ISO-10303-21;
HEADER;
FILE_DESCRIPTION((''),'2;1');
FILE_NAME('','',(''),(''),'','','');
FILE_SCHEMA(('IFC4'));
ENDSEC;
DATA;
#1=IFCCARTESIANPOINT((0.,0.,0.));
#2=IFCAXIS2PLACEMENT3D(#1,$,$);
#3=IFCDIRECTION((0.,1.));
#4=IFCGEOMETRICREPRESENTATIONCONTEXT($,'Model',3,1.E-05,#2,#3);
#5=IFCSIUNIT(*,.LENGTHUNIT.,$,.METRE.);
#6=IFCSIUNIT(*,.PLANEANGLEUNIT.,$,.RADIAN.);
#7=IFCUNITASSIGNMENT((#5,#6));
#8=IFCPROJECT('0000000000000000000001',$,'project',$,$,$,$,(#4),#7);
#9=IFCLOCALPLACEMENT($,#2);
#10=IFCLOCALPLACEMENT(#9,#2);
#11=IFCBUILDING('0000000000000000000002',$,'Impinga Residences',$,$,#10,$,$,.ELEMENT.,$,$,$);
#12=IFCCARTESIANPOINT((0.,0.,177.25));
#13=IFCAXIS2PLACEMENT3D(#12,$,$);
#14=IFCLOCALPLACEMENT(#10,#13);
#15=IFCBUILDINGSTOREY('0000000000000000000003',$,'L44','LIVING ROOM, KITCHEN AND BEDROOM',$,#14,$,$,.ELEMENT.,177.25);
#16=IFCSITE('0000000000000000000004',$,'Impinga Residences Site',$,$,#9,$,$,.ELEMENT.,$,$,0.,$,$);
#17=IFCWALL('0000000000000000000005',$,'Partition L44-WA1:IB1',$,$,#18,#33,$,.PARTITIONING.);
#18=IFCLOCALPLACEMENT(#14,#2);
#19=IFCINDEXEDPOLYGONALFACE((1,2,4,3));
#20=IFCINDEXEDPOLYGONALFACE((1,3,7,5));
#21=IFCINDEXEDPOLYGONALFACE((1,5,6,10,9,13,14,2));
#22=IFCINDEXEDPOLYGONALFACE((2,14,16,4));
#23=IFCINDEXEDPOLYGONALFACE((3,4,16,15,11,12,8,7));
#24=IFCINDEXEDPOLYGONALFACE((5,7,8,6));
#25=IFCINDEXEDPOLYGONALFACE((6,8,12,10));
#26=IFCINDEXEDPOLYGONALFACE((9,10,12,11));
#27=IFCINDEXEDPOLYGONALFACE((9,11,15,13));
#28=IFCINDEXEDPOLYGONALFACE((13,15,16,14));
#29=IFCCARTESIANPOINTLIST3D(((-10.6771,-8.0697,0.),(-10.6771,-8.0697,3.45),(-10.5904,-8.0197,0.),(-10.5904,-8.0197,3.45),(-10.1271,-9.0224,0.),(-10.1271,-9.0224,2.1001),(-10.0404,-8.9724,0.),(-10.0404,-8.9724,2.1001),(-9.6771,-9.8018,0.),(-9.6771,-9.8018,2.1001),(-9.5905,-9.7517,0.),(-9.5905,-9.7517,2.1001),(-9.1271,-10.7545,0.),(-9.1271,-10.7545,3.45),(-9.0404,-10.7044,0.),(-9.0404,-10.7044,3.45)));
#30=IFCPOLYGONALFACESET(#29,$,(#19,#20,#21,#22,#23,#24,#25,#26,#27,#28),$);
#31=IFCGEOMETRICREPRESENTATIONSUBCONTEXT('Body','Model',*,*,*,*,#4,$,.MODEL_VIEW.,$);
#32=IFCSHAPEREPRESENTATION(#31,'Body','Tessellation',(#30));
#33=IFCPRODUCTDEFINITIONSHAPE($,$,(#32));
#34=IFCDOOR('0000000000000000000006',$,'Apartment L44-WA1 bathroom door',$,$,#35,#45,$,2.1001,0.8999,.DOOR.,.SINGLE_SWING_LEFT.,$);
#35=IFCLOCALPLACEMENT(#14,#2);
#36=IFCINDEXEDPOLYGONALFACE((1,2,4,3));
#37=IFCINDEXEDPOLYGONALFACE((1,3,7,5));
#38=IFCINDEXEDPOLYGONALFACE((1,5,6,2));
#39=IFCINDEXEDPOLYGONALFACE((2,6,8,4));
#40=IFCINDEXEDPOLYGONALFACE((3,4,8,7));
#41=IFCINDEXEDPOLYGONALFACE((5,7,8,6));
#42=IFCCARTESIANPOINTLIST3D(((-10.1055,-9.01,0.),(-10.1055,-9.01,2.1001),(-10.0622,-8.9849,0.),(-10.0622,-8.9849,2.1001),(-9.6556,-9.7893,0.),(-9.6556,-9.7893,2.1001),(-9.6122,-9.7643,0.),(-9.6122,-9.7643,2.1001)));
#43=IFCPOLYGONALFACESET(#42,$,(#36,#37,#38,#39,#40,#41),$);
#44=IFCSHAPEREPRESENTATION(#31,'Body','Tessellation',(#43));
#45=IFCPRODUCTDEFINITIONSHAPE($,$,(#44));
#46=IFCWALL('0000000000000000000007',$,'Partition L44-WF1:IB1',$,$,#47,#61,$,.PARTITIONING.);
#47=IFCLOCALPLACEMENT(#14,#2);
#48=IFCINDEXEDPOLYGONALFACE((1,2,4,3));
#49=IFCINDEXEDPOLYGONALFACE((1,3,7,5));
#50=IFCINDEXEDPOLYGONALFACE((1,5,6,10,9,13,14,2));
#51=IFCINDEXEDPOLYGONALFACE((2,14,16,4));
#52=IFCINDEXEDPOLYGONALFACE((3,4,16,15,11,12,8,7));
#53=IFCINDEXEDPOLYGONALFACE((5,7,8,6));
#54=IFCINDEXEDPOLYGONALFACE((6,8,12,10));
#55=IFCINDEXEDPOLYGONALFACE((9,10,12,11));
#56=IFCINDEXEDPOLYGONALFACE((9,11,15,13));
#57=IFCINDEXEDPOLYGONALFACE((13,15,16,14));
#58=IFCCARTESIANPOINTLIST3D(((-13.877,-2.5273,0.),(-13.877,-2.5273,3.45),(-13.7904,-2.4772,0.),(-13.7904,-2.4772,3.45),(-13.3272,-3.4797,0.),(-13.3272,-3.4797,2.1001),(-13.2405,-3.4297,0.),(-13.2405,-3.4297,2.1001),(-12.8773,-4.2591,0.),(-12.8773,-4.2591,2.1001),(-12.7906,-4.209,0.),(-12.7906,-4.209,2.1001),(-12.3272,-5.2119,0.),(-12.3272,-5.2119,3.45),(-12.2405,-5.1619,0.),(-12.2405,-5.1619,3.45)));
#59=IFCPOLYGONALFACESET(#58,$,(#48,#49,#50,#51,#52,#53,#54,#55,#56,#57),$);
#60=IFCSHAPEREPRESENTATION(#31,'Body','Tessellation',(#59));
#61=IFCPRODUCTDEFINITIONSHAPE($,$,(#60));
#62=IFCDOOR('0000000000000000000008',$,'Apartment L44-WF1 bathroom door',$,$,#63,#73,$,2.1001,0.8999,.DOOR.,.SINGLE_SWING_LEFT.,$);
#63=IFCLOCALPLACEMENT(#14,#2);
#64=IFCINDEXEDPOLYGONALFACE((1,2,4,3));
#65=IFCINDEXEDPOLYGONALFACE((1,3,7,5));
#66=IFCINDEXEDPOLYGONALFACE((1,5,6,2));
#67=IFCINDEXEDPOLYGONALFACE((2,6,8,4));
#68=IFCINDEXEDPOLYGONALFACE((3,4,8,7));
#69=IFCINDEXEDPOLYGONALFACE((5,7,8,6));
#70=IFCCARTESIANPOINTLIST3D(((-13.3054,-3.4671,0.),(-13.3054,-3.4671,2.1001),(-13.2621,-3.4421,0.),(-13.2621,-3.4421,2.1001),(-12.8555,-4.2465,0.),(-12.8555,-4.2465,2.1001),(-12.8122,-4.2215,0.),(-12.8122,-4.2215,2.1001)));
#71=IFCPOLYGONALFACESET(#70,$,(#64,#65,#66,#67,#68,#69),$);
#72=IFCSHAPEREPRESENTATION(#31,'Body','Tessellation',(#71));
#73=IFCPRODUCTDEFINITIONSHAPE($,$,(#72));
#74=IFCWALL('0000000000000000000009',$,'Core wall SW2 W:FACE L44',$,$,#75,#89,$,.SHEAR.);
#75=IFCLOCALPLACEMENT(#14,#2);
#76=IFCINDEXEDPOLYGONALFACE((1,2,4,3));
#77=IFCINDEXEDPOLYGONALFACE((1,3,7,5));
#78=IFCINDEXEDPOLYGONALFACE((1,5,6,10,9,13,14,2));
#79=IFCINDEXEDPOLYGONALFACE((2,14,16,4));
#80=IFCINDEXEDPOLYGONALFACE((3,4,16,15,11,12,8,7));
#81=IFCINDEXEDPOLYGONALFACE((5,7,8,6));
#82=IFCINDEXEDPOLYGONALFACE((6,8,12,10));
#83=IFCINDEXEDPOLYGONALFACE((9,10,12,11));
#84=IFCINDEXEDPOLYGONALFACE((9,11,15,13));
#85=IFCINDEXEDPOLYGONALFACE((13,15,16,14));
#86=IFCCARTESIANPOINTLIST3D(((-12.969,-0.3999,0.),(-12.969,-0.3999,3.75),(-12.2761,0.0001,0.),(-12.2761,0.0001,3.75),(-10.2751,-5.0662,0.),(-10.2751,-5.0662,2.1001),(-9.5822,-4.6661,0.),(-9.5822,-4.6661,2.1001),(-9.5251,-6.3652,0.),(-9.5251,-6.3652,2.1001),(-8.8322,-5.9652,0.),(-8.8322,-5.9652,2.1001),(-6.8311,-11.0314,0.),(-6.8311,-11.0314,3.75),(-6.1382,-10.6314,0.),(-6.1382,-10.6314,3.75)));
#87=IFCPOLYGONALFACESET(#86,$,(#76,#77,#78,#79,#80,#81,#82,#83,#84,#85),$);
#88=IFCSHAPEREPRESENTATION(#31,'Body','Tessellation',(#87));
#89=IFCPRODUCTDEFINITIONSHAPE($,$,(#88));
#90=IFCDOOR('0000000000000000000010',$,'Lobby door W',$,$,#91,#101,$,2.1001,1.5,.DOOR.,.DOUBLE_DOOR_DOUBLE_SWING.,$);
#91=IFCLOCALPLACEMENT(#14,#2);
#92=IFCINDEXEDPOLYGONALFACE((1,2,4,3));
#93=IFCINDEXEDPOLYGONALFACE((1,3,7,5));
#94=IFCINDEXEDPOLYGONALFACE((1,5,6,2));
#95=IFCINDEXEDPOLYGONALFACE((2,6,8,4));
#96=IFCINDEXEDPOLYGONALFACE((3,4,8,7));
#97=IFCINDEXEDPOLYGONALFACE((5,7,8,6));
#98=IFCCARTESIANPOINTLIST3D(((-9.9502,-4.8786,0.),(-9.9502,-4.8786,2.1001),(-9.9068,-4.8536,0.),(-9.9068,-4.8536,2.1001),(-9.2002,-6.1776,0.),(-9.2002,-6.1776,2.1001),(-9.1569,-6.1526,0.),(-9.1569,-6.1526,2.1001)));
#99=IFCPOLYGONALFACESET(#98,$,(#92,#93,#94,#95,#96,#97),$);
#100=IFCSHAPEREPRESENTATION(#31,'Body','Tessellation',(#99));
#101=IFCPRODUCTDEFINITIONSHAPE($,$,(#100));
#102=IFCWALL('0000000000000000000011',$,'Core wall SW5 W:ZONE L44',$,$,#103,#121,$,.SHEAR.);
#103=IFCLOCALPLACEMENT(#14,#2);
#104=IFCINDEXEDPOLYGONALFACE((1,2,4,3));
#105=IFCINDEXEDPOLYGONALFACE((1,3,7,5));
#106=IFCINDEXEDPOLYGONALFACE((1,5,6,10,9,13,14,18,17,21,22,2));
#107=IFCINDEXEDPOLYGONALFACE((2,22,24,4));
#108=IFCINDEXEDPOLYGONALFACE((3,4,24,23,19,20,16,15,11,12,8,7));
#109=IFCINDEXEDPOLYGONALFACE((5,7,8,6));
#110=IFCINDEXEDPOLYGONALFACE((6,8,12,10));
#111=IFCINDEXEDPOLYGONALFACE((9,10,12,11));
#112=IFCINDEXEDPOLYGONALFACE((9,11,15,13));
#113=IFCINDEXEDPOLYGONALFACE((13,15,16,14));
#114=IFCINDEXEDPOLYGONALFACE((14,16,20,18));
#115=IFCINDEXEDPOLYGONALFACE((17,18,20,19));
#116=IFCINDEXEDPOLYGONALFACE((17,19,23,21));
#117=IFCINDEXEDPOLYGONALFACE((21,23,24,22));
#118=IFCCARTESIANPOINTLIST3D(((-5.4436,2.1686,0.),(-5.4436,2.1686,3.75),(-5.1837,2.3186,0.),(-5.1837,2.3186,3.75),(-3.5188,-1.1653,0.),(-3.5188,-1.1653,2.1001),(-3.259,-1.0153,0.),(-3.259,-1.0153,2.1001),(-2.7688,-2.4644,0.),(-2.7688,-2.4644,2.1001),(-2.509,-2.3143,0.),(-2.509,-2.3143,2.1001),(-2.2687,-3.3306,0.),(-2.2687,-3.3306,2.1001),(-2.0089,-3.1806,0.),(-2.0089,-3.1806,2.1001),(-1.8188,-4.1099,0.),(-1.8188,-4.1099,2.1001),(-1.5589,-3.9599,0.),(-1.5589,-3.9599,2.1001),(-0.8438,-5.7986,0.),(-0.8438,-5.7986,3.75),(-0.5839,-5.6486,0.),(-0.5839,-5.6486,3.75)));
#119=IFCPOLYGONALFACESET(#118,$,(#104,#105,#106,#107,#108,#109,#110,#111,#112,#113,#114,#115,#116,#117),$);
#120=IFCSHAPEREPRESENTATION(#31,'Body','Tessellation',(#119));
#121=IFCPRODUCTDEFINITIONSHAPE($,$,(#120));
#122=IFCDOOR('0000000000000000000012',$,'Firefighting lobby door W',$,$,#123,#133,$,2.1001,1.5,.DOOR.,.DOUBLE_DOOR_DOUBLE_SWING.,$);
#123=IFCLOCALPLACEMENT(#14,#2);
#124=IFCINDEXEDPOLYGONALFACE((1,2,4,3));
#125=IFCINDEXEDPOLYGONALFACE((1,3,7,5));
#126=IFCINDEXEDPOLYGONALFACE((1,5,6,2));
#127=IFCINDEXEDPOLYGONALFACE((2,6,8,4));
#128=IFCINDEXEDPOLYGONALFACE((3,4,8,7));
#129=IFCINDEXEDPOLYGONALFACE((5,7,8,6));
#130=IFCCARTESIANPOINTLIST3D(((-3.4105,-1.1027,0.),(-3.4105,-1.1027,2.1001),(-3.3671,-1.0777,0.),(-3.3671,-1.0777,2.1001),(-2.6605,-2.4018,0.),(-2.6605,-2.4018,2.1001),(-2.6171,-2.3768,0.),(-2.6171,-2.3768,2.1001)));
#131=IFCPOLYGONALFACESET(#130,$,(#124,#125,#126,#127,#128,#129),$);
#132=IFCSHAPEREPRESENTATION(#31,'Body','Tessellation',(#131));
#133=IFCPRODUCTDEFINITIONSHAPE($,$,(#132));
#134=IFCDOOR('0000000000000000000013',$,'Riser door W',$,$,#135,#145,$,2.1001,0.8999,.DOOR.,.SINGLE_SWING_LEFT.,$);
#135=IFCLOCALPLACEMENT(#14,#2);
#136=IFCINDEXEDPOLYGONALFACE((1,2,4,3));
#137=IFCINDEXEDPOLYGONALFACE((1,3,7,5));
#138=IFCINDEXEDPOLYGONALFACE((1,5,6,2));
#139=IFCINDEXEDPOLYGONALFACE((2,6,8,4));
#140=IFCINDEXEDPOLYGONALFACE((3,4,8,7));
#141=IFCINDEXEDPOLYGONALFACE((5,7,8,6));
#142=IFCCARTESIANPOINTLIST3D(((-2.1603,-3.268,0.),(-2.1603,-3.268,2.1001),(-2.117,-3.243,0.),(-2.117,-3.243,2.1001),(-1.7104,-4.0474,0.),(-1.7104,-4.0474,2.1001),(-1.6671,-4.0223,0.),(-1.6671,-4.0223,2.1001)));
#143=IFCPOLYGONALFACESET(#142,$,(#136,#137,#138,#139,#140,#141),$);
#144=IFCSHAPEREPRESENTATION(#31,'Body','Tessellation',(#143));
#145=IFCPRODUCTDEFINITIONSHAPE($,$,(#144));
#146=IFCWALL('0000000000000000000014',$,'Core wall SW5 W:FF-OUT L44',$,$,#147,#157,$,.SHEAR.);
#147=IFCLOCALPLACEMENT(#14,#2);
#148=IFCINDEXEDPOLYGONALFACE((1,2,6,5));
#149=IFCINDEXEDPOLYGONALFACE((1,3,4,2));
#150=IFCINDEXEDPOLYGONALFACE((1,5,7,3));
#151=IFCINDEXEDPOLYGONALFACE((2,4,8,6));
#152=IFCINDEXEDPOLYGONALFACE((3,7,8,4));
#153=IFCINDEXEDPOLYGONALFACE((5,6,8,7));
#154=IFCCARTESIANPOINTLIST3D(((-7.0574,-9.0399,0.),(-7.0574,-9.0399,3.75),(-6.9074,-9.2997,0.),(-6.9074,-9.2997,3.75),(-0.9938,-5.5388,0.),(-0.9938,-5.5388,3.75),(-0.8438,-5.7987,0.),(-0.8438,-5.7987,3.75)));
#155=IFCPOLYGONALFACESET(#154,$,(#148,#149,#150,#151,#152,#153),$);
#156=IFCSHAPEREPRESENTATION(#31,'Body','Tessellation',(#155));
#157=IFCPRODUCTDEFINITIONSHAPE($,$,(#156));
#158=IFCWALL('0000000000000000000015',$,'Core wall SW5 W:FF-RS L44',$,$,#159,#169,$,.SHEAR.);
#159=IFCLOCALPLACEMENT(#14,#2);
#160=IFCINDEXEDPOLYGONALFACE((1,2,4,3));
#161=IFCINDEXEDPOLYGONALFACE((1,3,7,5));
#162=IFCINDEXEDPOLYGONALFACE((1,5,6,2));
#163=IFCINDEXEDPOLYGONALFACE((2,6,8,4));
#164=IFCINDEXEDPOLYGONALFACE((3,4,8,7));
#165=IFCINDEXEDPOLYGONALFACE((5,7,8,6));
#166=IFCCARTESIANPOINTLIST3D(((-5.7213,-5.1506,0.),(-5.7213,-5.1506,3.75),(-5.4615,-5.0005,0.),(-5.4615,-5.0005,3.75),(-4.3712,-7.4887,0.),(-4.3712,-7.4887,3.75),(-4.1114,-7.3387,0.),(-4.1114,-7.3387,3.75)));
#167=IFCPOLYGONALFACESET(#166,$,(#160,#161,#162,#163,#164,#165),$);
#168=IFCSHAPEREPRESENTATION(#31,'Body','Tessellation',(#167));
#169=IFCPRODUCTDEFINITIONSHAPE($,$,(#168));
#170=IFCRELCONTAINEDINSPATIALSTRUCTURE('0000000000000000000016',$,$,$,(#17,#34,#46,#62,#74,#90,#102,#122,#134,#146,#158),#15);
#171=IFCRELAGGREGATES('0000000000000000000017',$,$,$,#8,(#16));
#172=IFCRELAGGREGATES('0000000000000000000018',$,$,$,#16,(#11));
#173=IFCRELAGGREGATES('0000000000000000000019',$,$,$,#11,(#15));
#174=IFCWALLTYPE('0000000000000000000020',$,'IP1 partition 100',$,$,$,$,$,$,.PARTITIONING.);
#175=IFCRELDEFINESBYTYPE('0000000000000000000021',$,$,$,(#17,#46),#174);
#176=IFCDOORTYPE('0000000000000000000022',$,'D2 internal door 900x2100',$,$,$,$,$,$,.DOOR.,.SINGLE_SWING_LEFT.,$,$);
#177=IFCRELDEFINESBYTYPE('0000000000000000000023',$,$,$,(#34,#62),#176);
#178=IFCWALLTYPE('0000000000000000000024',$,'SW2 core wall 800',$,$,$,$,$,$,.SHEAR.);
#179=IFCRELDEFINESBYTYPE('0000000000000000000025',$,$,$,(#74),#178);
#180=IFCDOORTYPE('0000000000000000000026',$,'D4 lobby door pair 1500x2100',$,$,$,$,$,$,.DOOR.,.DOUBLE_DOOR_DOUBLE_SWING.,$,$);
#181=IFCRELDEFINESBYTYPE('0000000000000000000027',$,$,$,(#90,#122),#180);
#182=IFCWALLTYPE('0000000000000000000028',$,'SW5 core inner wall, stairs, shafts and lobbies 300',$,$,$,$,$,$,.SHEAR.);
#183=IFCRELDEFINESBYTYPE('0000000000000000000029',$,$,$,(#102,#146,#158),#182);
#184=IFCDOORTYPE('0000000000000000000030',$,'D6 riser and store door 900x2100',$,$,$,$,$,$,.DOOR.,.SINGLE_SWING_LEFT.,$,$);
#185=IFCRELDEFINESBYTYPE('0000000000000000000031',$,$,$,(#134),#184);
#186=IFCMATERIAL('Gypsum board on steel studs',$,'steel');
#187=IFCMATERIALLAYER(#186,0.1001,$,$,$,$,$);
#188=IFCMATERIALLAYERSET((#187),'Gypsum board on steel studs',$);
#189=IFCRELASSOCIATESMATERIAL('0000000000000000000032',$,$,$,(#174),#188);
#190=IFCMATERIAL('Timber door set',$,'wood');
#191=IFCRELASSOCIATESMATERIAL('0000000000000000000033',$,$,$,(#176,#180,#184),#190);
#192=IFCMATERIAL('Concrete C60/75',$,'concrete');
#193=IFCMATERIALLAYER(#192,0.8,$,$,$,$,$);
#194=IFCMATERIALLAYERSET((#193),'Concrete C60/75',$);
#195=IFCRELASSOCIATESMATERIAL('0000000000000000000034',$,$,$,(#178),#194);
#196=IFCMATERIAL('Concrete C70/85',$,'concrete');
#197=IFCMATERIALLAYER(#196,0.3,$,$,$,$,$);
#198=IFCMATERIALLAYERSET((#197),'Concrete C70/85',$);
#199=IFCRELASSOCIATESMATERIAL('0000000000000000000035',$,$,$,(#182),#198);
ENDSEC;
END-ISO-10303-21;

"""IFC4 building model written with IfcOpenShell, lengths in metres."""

from ifc_helpers import new_model, si_unit, direction, frame, frame_2d, origin, place, context, subcontext, project, spatial, rectangle, extrude, material, layer, layer_set, type_object, element, fill, save


model = new_model("IFC4")

# Units and contexts
model_context = context("Model", 3, precision=1e-05, world=origin(), true_north=direction((0.0, 1.0)))
body_context = subcontext(model_context, "Body", "Model", "MODEL_VIEW")
ifc_project = project(units=[si_unit("LENGTHUNIT", "METRE"), si_unit("PLANEANGLEUNIT", "RADIAN")], contexts=[model_context])

# Site, building, storey
site_placement = place(None, origin())
site = spatial("IfcSite", under=ifc_project, at=site_placement, Name="Impinga Residences Site", CompositionType="ELEMENT", RefElevation=0.0)
building_placement = place(site_placement, origin())
building = spatial("IfcBuilding", under=site, at=building_placement, Name="Impinga Residences", CompositionType="ELEMENT")
storey_placement = place(building_placement, frame((0.0, 0.0, 177.25)))
storey = spatial("IfcBuildingStorey", under=building, at=storey_placement, Name="L44", Description="LIVING ROOM, KITCHEN AND BEDROOM", CompositionType="ELEMENT", Elevation=177.25)

# Shared definitions
ifc_material_1 = material(Name="Concrete C60/75", Category="concrete")
ifc_material_2 = material(Name="Timber door set", Category="wood")

# Shared definitions
ifc_material_3 = material(Name="Gypsum board on steel studs", Category="steel")
ifc_layer_1 = layer(ifc_material_3, 0.1001)
ifc_layer_set_1 = layer_set([ifc_layer_1], Name="Gypsum board on steel studs")
wall_type_1 = type_object("IfcWallType", Name="IP1 partition 100", PredefinedType="PARTITIONING", material=ifc_layer_set_1)

# Walls, openings, doors
wall_1_placement = place(storey_placement, frame((-10.6338, -8.0447, 0.0), z_axis=(0.0, 0.0, 1.0), x_axis=(0.499993, -0.86603, 0.0)))
wall_1 = element("IfcWall", 1, at=wall_1_placement, inside=storey, type_object=wall_type_1, Name="Partition L44-WA1:IB1", PredefinedType="PARTITIONING", context=body_context, shape_type="SweptSolid", body=[
    extrude(rectangle(XDim=3.1001, YDim=0.1001, at=frame_2d((1.55, 0.0))), origin(), (0.0, 0.0, 1.0), 3.45),
])
opening_1_placement = place(wall_1_placement, frame((1.1001, 0.0, 0.0)))
opening_1 = element("IfcOpeningElement", 2, at=opening_1_placement, cuts=wall_1, PredefinedType="OPENING", context=body_context, shape_type="SweptSolid", body=[
    extrude(rectangle(XDim=0.8999, YDim=2.1001, at=frame_2d((0.45, 1.05))), frame((0.0, 0.0601, 0.0), z_axis=(0.0, -1.0, 0.0), x_axis=(1.0, 0.0, 0.0)), (0.0, 0.0, 1.0), 0.1201),
])
door_type_1 = type_object("IfcDoorType", Name="D2 internal door 900x2100", OperationType="SINGLE_SWING_LEFT", PredefinedType="DOOR", material=ifc_material_2)
door_1_placement = place(opening_1_placement, origin())
door_1 = element("IfcDoor", 3, at=door_1_placement, inside=storey, type_object=door_type_1, Name="Apartment L44-WA1 bathroom door", OperationType="SINGLE_SWING_LEFT", OverallHeight=2.1001, OverallWidth=0.8999, PredefinedType="DOOR", context=body_context, shape_type="SweptSolid", body=[
    extrude(rectangle(XDim=0.8999, YDim=2.1001, at=frame_2d((0.45, 1.05))), frame((0.0, 0.0249, 0.0), z_axis=(0.0, -1.0, 0.0), x_axis=(1.0, 0.0, 0.0)), (0.0, 0.0, 1.0), 0.05),
])
fill(opening_1, door_1)
wall_2_placement = place(storey_placement, frame((-12.2839, -5.1868, 0.0), z_axis=(0.0, 0.0, 1.0), x_axis=(-0.499968, 0.866044, 0.0)))
wall_2 = element("IfcWall", 4, at=wall_2_placement, inside=storey, type_object=wall_type_1, Name="Partition L44-WF1:IB1", PredefinedType="PARTITIONING", context=body_context, shape_type="SweptSolid", body=[
    extrude(rectangle(XDim=3.0999, YDim=0.1001, at=frame_2d((1.5498, 0.0))), origin(), (0.0, 0.0, 1.0), 3.45),
])
opening_2_placement = place(wall_2_placement, frame((1.1001, 0.0, 0.0)))
opening_2 = element("IfcOpeningElement", 5, at=opening_2_placement, cuts=wall_2, PredefinedType="OPENING", context=body_context, shape_type="SweptSolid", body=[
    extrude(rectangle(XDim=0.8999, YDim=2.1001, at=frame_2d((0.45, 1.05))), frame((0.0, 0.0601, 0.0), z_axis=(0.0, -1.0, 0.0), x_axis=(1.0, 0.0, 0.0)), (0.0, 0.0, 1.0), 0.1201),
])
door_2_placement = place(opening_2_placement, origin())
door_2 = element("IfcDoor", 6, at=door_2_placement, inside=storey, type_object=door_type_1, Name="Apartment L44-WF1 bathroom door", OperationType="SINGLE_SWING_LEFT", OverallHeight=2.1001, OverallWidth=0.8999, PredefinedType="DOOR", context=body_context, shape_type="SweptSolid", body=[
    extrude(rectangle(XDim=0.8999, YDim=2.1001, at=frame_2d((0.45, 1.05))), frame((0.0, 0.0249, 0.0), z_axis=(0.0, -1.0, 0.0), x_axis=(1.0, 0.0, 0.0)), (0.0, 0.0, 1.0), 0.05),
])
fill(opening_2, door_2)
ifc_layer_2 = layer(ifc_material_1, 0.8)
ifc_layer_set_2 = layer_set([ifc_layer_2], Name="Concrete C60/75")
wall_type_2 = type_object("IfcWallType", Name="SW2 core wall 800", PredefinedType="SHEAR", material=ifc_layer_set_2)
wall_3_placement = place(storey_placement, frame((-6.4846, -10.8315, 0.0), z_axis=(0.0, 0.0, 1.0), x_axis=(-0.499987, 0.866033, 0.0)))
wall_3 = element("IfcWall", 7, at=wall_3_placement, inside=storey, type_object=wall_type_2, Name="Core wall SW2 W:FACE L44", PredefinedType="SHEAR", context=body_context, shape_type="SweptSolid", body=[
    extrude(rectangle(XDim=12.2761, YDim=0.8, at=frame_2d((6.1382, 0.0))), origin(), (0.0, 0.0, 1.0), 3.75),
])
opening_3_placement = place(wall_3_placement, frame((5.3882, 0.0, 0.0)))
opening_3 = element("IfcOpeningElement", 8, at=opening_3_placement, cuts=wall_3, PredefinedType="OPENING", context=body_context, shape_type="SweptSolid", body=[
    extrude(rectangle(XDim=1.5, YDim=2.1001, at=frame_2d((0.75, 1.05))), frame((0.0, 0.4099, 0.0), z_axis=(0.0, -1.0, 0.0), x_axis=(1.0, 0.0, 0.0)), (0.0, 0.0, 1.0), 0.8201),
])
door_type_2 = type_object("IfcDoorType", Name="D4 lobby door pair 1500x2100", OperationType="DOUBLE_DOOR_DOUBLE_SWING", PredefinedType="DOOR", material=ifc_material_2)
door_3_placement = place(opening_3_placement, origin())
door_3 = element("IfcDoor", 9, at=door_3_placement, inside=storey, type_object=door_type_2, Name="Lobby door W", OperationType="DOUBLE_DOOR_DOUBLE_SWING", OverallHeight=2.1001, OverallWidth=1.5, PredefinedType="DOOR", context=body_context, shape_type="SweptSolid", body=[
    extrude(rectangle(XDim=1.5, YDim=2.1001, at=frame_2d((0.75, 1.05))), frame((0.0, 0.0249, 0.0), z_axis=(0.0, -1.0, 0.0), x_axis=(1.0, 0.0, 0.0)), (0.0, 0.0, 1.0), 0.05),
])
fill(opening_3, door_3)

# Wall, openings, doors
ifc_material_4 = material(Name="Concrete C70/85", Category="concrete")
ifc_layer_3 = layer(ifc_material_4, 0.3)
ifc_layer_set_3 = layer_set([ifc_layer_3], Name="Concrete C70/85")
wall_type_3 = type_object("IfcWallType", Name="SW5 core inner wall, stairs, shafts and lobbies 300", PredefinedType="SHEAR", material=ifc_layer_set_3)
wall_4_placement = place(storey_placement, frame((-0.7139, -5.7236, 0.0), z_axis=(0.0, 0.0, 1.0), x_axis=(-0.499995, 0.866028, 0.0)))
wall_4 = element("IfcWall", 10, at=wall_4_placement, inside=storey, type_object=wall_type_3, Name="Core wall SW5 W:ZONE L44", PredefinedType="SHEAR", context=body_context, shape_type="SweptSolid", body=[
    extrude(rectangle(XDim=9.1997, YDim=0.3, at=frame_2d((4.5999, 0.0))), origin(), (0.0, 0.0, 1.0), 3.75),
])
opening_4_placement = place(wall_4_placement, frame((3.8501, 0.0, 0.0)))
opening_4 = element("IfcOpeningElement", 11, at=opening_4_placement, cuts=wall_4, PredefinedType="OPENING", context=body_context, shape_type="SweptSolid", body=[
    extrude(rectangle(XDim=1.5, YDim=2.1001, at=frame_2d((0.75, 1.05))), frame((0.0, 0.1599, 0.0), z_axis=(0.0, -1.0, 0.0), x_axis=(1.0, 0.0, 0.0)), (0.0, 0.0, 1.0), 0.3201),
])
opening_5_placement = place(wall_4_placement, frame((1.95, 0.0, 0.0)))
opening_5 = element("IfcOpeningElement", 12, at=opening_5_placement, cuts=wall_4, PredefinedType="OPENING", context=body_context, shape_type="SweptSolid", body=[
    extrude(rectangle(XDim=0.8999, YDim=2.1001, at=frame_2d((0.45, 1.05))), frame((0.0, 0.1599, 0.0), z_axis=(0.0, -1.0, 0.0), x_axis=(1.0, 0.0, 0.0)), (0.0, 0.0, 1.0), 0.3201),
])
door_4_placement = place(opening_4_placement, origin())
door_4 = element("IfcDoor", 13, at=door_4_placement, inside=storey, type_object=door_type_2, Name="Firefighting lobby door W", OperationType="DOUBLE_DOOR_DOUBLE_SWING", OverallHeight=2.1001, OverallWidth=1.5, PredefinedType="DOOR", context=body_context, shape_type="SweptSolid", body=[
    extrude(rectangle(XDim=1.5, YDim=2.1001, at=frame_2d((0.75, 1.05))), frame((0.0, 0.0249, 0.0), z_axis=(0.0, -1.0, 0.0), x_axis=(1.0, 0.0, 0.0)), (0.0, 0.0, 1.0), 0.05),
])
fill(opening_4, door_4)
door_type_3 = type_object("IfcDoorType", Name="D6 riser and store door 900x2100", OperationType="SINGLE_SWING_LEFT", PredefinedType="DOOR", material=ifc_material_2)
door_5_placement = place(opening_5_placement, origin())
door_5 = element("IfcDoor", 14, at=door_5_placement, inside=storey, type_object=door_type_3, Name="Riser door W", OperationType="SINGLE_SWING_LEFT", OverallHeight=2.1001, OverallWidth=0.8999, PredefinedType="DOOR", context=body_context, shape_type="SweptSolid", body=[
    extrude(rectangle(XDim=0.8999, YDim=2.1001, at=frame_2d((0.45, 1.05))), frame((0.0, 0.0249, 0.0), z_axis=(0.0, -1.0, 0.0), x_axis=(1.0, 0.0, 0.0)), (0.0, 0.0, 1.0), 0.05),
])
fill(opening_5, door_5)

# Walls
wall_5_placement = place(storey_placement, frame((-0.9187, -5.6687, 0.0), z_axis=(0.0, 0.0, 1.0), x_axis=(-0.866011, -0.500024, 0.0)))
element("IfcWall", 15, at=wall_5_placement, inside=storey, type_object=wall_type_3, Name="Core wall SW5 W:FF-OUT L44", PredefinedType="SHEAR", context=body_context, shape_type="SweptSolid", body=[
    extrude(rectangle(XDim=7.0017, YDim=0.3, at=frame_2d((3.501, 0.0))), origin(), (0.0, 0.0, 1.0), 3.75),
])
wall_6_placement = place(storey_placement, frame((-4.2412, -7.4138, 0.0), z_axis=(0.0, 0.0, 1.0), x_axis=(-0.500049, 0.865997, 0.0)))
element("IfcWall", 16, at=wall_6_placement, inside=storey, type_object=wall_type_3, Name="Core wall SW5 W:FF-RS L44", PredefinedType="SHEAR", context=body_context, shape_type="SweptSolid", body=[
    extrude(rectangle(XDim=2.7, YDim=0.3, at=frame_2d((1.3501, 0.0))), origin(), (0.0, 0.0, 1.0), 3.75),
])

save(model, "model.ifc")
